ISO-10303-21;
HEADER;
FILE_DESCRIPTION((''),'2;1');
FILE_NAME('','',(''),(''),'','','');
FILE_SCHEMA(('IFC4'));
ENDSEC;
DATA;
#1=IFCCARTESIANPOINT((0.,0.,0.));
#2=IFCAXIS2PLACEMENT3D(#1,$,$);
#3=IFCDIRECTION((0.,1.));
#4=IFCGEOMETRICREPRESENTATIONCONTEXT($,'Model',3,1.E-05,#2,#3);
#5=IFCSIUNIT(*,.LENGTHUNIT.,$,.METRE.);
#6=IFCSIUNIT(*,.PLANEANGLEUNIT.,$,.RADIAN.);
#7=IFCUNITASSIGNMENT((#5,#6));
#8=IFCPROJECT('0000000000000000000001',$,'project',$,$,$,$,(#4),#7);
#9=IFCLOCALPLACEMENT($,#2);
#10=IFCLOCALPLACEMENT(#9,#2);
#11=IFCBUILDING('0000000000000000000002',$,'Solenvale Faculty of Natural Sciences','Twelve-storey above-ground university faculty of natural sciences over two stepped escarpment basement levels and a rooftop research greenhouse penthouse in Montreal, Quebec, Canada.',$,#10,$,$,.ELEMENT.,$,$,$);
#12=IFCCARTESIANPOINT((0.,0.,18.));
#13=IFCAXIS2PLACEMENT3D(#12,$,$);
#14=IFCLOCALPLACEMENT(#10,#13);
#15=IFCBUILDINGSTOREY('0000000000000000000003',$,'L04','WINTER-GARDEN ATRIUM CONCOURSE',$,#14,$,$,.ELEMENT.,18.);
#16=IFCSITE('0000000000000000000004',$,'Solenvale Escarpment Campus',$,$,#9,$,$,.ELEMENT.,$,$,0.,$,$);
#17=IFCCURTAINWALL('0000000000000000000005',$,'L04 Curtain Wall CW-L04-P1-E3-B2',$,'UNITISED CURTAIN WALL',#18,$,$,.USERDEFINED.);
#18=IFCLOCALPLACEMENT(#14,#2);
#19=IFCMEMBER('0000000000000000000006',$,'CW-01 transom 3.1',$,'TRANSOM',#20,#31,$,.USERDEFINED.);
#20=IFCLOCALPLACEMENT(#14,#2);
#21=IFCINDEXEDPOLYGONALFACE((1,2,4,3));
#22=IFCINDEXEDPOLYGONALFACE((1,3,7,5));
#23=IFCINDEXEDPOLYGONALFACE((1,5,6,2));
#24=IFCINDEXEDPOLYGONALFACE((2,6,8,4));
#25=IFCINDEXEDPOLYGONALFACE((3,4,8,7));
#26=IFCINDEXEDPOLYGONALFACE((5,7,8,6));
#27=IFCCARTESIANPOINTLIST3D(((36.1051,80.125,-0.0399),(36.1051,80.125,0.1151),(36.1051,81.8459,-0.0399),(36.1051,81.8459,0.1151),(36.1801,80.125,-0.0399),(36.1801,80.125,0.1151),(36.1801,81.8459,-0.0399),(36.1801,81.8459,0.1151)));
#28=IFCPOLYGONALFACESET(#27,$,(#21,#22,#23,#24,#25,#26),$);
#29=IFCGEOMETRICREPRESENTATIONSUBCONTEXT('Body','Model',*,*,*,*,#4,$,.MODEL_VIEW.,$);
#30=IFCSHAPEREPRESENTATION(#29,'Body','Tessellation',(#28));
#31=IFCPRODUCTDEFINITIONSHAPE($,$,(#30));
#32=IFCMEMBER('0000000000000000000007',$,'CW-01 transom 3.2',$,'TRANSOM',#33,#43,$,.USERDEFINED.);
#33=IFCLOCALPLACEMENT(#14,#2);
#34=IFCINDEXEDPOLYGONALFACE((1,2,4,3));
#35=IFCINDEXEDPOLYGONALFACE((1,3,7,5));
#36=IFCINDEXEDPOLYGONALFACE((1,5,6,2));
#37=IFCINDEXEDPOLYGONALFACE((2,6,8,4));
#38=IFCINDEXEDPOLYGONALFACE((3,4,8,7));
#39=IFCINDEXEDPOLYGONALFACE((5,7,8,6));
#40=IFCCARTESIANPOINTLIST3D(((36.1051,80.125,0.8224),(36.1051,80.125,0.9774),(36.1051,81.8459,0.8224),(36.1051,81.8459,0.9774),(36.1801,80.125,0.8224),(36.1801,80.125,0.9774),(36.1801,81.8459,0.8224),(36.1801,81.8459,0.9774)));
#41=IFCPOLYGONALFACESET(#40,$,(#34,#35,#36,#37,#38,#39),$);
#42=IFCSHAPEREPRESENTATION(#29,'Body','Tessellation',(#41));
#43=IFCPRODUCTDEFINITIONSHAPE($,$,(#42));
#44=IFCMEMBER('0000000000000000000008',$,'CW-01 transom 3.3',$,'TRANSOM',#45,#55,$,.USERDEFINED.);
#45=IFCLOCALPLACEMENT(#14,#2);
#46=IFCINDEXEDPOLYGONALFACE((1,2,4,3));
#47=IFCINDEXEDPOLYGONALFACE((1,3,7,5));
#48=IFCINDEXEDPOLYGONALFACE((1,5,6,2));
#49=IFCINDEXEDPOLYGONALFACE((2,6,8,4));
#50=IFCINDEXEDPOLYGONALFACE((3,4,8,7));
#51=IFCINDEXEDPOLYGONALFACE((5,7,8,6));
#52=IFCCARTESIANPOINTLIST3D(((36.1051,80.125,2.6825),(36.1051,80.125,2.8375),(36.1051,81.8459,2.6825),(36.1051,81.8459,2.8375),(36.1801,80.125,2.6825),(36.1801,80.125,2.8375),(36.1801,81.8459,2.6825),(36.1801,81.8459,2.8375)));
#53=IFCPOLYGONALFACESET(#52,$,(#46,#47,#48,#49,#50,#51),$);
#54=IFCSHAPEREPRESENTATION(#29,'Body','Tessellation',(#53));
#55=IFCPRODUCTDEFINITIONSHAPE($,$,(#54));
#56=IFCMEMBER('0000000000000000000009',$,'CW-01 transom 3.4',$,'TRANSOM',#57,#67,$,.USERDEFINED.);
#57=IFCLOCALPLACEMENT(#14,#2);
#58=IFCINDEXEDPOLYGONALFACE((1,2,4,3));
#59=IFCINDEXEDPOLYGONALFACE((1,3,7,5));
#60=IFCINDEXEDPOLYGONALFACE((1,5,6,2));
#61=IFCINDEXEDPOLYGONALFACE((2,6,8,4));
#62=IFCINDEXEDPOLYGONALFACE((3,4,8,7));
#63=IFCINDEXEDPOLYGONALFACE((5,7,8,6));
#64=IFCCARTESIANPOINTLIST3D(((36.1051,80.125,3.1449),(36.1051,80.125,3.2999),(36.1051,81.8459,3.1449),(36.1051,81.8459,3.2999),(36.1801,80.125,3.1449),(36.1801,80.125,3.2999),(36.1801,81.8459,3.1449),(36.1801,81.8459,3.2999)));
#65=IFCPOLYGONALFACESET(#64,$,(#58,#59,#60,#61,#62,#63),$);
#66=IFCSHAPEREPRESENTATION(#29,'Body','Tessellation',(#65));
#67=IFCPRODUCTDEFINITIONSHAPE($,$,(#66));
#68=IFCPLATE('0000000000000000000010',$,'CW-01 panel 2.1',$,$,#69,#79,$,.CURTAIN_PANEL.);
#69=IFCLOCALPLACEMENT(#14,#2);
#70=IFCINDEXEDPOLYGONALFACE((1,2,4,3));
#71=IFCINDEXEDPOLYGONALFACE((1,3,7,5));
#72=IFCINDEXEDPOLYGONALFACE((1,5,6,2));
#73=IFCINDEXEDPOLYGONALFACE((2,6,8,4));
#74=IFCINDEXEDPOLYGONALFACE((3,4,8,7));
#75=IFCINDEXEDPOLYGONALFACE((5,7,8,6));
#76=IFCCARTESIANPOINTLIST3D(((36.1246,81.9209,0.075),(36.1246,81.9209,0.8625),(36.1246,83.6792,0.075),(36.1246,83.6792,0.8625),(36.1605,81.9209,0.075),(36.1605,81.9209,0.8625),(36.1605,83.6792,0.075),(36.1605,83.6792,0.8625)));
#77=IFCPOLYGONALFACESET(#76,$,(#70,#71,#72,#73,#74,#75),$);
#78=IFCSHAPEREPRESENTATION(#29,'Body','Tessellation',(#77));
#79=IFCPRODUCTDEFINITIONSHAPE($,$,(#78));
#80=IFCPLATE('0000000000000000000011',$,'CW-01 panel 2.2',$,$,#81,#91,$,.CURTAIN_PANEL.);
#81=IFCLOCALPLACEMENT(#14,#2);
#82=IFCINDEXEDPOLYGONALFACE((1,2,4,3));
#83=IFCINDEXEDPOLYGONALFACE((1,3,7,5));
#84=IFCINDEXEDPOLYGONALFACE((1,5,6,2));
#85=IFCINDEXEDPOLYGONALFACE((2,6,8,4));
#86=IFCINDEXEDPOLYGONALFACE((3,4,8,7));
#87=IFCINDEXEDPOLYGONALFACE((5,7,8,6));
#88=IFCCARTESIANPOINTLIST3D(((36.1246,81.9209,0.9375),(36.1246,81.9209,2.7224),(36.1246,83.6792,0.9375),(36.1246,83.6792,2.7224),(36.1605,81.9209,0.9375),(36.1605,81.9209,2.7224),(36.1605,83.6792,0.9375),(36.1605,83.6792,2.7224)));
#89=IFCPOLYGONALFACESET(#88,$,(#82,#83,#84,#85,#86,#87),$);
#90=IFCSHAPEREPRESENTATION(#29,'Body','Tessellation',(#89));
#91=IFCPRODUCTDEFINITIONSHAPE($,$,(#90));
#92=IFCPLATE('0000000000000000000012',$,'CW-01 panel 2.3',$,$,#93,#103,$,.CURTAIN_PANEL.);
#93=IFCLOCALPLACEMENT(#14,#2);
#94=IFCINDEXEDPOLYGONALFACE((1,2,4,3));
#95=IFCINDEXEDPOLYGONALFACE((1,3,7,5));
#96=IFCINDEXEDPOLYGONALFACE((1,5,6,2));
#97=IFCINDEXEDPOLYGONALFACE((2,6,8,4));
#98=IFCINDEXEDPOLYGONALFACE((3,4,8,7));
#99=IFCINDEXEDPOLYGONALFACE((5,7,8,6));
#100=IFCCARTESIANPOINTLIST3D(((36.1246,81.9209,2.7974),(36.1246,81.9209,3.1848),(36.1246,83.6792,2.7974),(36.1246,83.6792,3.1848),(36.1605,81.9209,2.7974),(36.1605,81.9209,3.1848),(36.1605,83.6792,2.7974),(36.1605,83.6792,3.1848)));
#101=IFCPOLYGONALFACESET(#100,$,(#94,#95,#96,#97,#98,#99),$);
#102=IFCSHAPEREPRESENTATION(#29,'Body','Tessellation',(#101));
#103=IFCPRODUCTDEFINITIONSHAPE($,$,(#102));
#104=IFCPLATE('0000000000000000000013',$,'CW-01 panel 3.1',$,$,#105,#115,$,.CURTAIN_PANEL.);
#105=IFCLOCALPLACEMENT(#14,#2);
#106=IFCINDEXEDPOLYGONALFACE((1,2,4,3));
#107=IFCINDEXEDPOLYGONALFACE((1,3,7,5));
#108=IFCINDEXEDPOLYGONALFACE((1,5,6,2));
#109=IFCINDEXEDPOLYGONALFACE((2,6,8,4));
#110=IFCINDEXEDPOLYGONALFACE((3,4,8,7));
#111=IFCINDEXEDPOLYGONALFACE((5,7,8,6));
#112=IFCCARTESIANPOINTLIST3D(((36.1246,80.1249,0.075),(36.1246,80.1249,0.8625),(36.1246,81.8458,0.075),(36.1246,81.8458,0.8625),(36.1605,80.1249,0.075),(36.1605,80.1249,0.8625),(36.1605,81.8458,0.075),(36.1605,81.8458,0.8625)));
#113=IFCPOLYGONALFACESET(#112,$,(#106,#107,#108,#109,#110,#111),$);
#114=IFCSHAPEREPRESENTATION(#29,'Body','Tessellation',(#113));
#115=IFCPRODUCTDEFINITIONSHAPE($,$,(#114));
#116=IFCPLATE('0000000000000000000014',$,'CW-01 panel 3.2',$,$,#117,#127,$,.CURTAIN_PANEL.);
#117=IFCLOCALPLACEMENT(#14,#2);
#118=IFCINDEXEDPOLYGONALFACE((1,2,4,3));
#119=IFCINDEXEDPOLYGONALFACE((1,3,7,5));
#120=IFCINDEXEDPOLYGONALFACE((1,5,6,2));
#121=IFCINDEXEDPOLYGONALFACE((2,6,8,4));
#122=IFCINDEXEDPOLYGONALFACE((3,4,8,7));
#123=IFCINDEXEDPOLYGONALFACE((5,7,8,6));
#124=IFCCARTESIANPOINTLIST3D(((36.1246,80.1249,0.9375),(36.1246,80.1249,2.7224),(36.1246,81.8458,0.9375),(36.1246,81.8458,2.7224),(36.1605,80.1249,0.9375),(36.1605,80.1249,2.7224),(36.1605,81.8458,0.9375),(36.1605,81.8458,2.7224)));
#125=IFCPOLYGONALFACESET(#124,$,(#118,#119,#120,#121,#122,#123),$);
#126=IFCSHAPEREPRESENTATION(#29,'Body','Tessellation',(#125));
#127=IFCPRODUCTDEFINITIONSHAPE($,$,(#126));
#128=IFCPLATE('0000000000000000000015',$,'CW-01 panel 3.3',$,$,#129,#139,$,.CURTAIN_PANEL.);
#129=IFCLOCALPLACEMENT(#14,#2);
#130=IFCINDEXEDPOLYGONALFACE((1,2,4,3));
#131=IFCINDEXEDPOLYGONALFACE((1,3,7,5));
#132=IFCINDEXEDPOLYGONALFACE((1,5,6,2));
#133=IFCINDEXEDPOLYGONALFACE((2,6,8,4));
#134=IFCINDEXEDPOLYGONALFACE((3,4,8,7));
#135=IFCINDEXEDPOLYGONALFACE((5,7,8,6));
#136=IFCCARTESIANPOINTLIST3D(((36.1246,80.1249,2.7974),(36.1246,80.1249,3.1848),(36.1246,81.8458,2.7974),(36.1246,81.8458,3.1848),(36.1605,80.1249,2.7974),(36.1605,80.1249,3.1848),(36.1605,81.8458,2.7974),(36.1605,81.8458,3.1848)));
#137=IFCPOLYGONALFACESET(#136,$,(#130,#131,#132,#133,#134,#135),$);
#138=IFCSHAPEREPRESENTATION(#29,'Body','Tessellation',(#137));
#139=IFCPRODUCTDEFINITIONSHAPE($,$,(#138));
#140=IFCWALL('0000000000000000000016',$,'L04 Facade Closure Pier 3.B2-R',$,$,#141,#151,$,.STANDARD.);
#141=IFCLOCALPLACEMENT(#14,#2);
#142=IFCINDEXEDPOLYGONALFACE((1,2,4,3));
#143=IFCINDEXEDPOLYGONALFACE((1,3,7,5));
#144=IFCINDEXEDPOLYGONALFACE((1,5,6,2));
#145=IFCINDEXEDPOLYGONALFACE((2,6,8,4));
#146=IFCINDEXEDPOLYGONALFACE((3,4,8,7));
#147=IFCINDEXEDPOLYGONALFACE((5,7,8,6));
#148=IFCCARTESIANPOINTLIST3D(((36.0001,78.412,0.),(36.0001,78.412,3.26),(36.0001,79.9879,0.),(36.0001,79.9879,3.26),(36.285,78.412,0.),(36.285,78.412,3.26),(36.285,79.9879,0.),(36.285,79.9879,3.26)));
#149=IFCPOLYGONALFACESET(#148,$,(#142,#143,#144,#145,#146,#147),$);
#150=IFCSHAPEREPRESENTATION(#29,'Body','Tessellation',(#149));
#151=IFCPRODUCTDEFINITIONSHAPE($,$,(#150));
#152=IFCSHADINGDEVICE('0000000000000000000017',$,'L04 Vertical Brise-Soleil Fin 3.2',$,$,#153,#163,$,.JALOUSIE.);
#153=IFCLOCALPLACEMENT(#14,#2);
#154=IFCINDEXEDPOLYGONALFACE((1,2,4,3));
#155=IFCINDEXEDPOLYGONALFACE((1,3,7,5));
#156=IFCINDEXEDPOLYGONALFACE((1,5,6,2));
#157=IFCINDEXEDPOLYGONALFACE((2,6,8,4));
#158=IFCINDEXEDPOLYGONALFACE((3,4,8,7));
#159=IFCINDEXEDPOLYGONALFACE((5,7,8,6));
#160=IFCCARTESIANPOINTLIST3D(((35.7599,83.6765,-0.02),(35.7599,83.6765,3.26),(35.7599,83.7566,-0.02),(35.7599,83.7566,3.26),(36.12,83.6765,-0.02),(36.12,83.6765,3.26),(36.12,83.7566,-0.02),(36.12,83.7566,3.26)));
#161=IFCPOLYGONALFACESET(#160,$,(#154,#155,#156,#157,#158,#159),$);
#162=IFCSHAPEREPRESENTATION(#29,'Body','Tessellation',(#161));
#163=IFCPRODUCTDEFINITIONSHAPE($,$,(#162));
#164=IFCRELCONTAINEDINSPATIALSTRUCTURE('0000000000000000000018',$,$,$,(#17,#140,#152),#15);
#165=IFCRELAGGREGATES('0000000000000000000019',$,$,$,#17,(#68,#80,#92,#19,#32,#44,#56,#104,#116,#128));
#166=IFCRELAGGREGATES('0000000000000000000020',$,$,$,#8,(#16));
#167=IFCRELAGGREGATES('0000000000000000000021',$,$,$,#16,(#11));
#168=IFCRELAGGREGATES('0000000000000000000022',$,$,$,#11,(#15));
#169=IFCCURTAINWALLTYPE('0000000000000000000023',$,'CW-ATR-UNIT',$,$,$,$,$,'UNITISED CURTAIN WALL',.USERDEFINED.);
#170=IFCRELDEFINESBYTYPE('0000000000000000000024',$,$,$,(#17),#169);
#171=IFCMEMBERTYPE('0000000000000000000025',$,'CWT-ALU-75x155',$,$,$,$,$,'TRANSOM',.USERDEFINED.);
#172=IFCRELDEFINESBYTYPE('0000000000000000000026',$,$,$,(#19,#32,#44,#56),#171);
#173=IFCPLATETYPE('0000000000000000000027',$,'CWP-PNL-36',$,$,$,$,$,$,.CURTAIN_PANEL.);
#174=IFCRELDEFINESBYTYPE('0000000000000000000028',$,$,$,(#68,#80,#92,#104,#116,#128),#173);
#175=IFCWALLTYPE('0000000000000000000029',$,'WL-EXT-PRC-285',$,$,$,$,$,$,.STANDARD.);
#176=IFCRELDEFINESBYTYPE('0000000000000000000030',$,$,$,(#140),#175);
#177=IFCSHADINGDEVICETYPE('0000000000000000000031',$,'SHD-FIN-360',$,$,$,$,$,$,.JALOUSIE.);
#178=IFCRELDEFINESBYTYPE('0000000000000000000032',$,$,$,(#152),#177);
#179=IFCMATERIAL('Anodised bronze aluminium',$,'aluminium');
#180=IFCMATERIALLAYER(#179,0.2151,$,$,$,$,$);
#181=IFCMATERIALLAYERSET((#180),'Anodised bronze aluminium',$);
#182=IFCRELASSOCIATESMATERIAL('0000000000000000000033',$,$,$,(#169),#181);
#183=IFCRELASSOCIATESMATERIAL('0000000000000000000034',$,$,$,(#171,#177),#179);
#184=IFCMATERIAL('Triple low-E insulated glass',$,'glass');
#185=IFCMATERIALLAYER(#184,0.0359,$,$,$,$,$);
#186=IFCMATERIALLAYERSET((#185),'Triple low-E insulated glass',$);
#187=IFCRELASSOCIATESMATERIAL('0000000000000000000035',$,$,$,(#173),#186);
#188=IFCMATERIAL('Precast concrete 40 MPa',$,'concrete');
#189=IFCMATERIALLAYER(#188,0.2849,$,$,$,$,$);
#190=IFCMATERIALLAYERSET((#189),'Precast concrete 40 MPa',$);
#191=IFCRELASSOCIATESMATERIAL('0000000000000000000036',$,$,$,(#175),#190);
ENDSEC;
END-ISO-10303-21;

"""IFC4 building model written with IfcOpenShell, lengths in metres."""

from ifc_helpers import new_model, si_unit, direction, frame, frame_2d, origin, origin_2d, place, context, subcontext, project, spatial, rectangle, extrude, material, layer, layer_set, material_profile, profile_set, type_object, element, aggregate, save


model = new_model("IFC4")

# Units and contexts
model_context = context("Model", 3, precision=1e-05, world=origin(), true_north=direction((0.0, 1.0)))
body_context = subcontext(model_context, "Body", "Model", "MODEL_VIEW")
ifc_project = project(units=[si_unit("LENGTHUNIT", "METRE"), si_unit("PLANEANGLEUNIT", "RADIAN")], contexts=[model_context])

# Site, building, storey
site_placement = place(None, origin())
site = spatial("IfcSite", under=ifc_project, at=site_placement, Name="Solenvale Escarpment Campus", CompositionType="ELEMENT", RefElevation=0.0)
building_placement = place(site_placement, origin())
building = spatial("IfcBuilding", under=site, at=building_placement, Name="Solenvale Faculty of Natural Sciences", Description="Twelve-storey above-ground university faculty of natural sciences over two stepped escarpment basement levels and a rooftop research greenhouse penthouse in Montreal, Quebec, Canada.", CompositionType="ELEMENT")
storey_placement = place(building_placement, frame((0.0, 0.0, 18.0)))
storey = spatial("IfcBuildingStorey", under=building, at=storey_placement, Name="L04", Description="WINTER-GARDEN ATRIUM CONCOURSE", CompositionType="ELEMENT", Elevation=18.0)

# Curtain wall, members, plates
ifc_material_1 = material(Name="Anodised bronze aluminium", Category="aluminium")
ifc_layer_1 = layer(ifc_material_1, 0.2151)
ifc_layer_set_1 = layer_set([ifc_layer_1], Name="Anodised bronze aluminium")
curtain_wall_type = type_object("IfcCurtainWallType", Name="CW-ATR-UNIT", ElementType="UNITISED CURTAIN WALL", PredefinedType="USERDEFINED", material=ifc_layer_set_1)
curtain_wall_placement = place(storey_placement, origin())
curtain_wall = element("IfcCurtainWall", 1, at=curtain_wall_placement, inside=storey, type_object=curtain_wall_type, Name="L04 Curtain Wall CW-L04-P1-E3-B2", ObjectType="UNITISED CURTAIN WALL", PredefinedType="USERDEFINED")
ifc_material_profile_1 = material_profile(ifc_material_1, rectangle(XDim=0.075, YDim=0.155, at=origin_2d()), Name="ALU-TRN-75x155")
ifc_profile_set_1 = profile_set([ifc_material_profile_1], Name="Anodised bronze aluminium")
member_type_1 = type_object("IfcMemberType", Name="CWT-ALU-75x155", ElementType="TRANSOM", PredefinedType="USERDEFINED", material=ifc_profile_set_1)
member_1_placement = place(storey_placement, frame((36.1426, 81.8459, 0.0376), z_axis=(0.0, -1.0, 0.0), x_axis=(1.0, 0.0, 0.0)))
member_1 = element("IfcMember", 2, at=member_1_placement, type_object=member_type_1, Name="CW-01 transom 3.1", ObjectType="TRANSOM", PredefinedType="USERDEFINED", context=body_context, shape_type="SweptSolid", body=[
    extrude(rectangle(XDim=0.075, YDim=0.155, at=origin_2d()), origin(), (0.0, 0.0, 1.0), 1.7209),
])
member_2_placement = place(storey_placement, frame((36.1426, 81.8459, 0.8999), z_axis=(0.0, -1.0, 0.0), x_axis=(1.0, 0.0, 0.0)))
member_2 = element("IfcMember", 3, at=member_2_placement, type_object=member_type_1, Name="CW-01 transom 3.2", ObjectType="TRANSOM", PredefinedType="USERDEFINED", context=body_context, shape_type="SweptSolid", body=[
    extrude(rectangle(XDim=0.075, YDim=0.155, at=origin_2d()), origin(), (0.0, 0.0, 1.0), 1.7209),
])
member_3_placement = place(storey_placement, frame((36.1426, 81.8459, 2.76), z_axis=(0.0, -1.0, 0.0), x_axis=(1.0, 0.0, 0.0)))
member_3 = element("IfcMember", 4, at=member_3_placement, type_object=member_type_1, Name="CW-01 transom 3.3", ObjectType="TRANSOM", PredefinedType="USERDEFINED", context=body_context, shape_type="SweptSolid", body=[
    extrude(rectangle(XDim=0.075, YDim=0.155, at=origin_2d()), origin(), (0.0, 0.0, 1.0), 1.7209),
])
member_4_placement = place(storey_placement, frame((36.1426, 81.8459, 3.2224), z_axis=(0.0, -1.0, 0.0), x_axis=(1.0, 0.0, 0.0)))
member_4 = element("IfcMember", 5, at=member_4_placement, type_object=member_type_1, Name="CW-01 transom 3.4", ObjectType="TRANSOM", PredefinedType="USERDEFINED", context=body_context, shape_type="SweptSolid", body=[
    extrude(rectangle(XDim=0.075, YDim=0.155, at=origin_2d()), origin(), (0.0, 0.0, 1.0), 1.7209),
])
ifc_material_2 = material(Name="Triple low-E insulated glass", Category="glass")
ifc_layer_2 = layer(ifc_material_2, 0.0359)
ifc_layer_set_2 = layer_set([ifc_layer_2], Name="Triple low-E insulated glass")
plate_type = type_object("IfcPlateType", Name="CWP-PNL-36", PredefinedType="CURTAIN_PANEL", material=ifc_layer_set_2)
plate_1_placement = place(storey_placement, frame((36.1426, 82.8, 0.075), z_axis=(0.0, 0.0, 1.0), x_axis=(0.0, -1.0, 0.0)))
plate_1 = element("IfcPlate", 6, at=plate_1_placement, type_object=plate_type, Name="CW-01 panel 2.1", PredefinedType="CURTAIN_PANEL", context=body_context, shape_type="SweptSolid", body=[
    extrude(rectangle(XDim=1.7583, YDim=0.0359, at=origin_2d()), origin(), (0.0, 0.0, 1.0), 0.7876),
])
plate_2_placement = place(storey_placement, frame((36.1426, 82.8, 0.9375), z_axis=(0.0, 0.0, 1.0), x_axis=(0.0, -1.0, 0.0)))
plate_2 = element("IfcPlate", 7, at=plate_2_placement, type_object=plate_type, Name="CW-01 panel 2.2", PredefinedType="CURTAIN_PANEL", context=body_context, shape_type="SweptSolid", body=[
    extrude(rectangle(XDim=1.7583, YDim=0.0359, at=origin_2d()), origin(), (0.0, 0.0, 1.0), 1.7849),
])
plate_3_placement = place(storey_placement, frame((36.1426, 82.8, 2.7974), z_axis=(0.0, 0.0, 1.0), x_axis=(0.0, -1.0, 0.0)))
plate_3 = element("IfcPlate", 8, at=plate_3_placement, type_object=plate_type, Name="CW-01 panel 2.3", PredefinedType="CURTAIN_PANEL", context=body_context, shape_type="SweptSolid", body=[
    extrude(rectangle(XDim=1.7583, YDim=0.0359, at=origin_2d()), origin(), (0.0, 0.0, 1.0), 0.3875),
])
plate_4_placement = place(storey_placement, frame((36.1426, 80.9854, 0.075), z_axis=(0.0, 0.0, 1.0), x_axis=(0.0, -1.0, 0.0)))
plate_4 = element("IfcPlate", 9, at=plate_4_placement, type_object=plate_type, Name="CW-01 panel 3.1", PredefinedType="CURTAIN_PANEL", context=body_context, shape_type="SweptSolid", body=[
    extrude(rectangle(XDim=1.7209, YDim=0.0359, at=origin_2d()), origin(), (0.0, 0.0, 1.0), 0.7876),
])
plate_5_placement = place(storey_placement, frame((36.1426, 80.9854, 0.9375), z_axis=(0.0, 0.0, 1.0), x_axis=(0.0, -1.0, 0.0)))
plate_5 = element("IfcPlate", 10, at=plate_5_placement, type_object=plate_type, Name="CW-01 panel 3.2", PredefinedType="CURTAIN_PANEL", context=body_context, shape_type="SweptSolid", body=[
    extrude(rectangle(XDim=1.7209, YDim=0.0359, at=origin_2d()), origin(), (0.0, 0.0, 1.0), 1.7849),
])
plate_6_placement = place(storey_placement, frame((36.1426, 80.9854, 2.7974), z_axis=(0.0, 0.0, 1.0), x_axis=(0.0, -1.0, 0.0)))
plate_6 = element("IfcPlate", 11, at=plate_6_placement, type_object=plate_type, Name="CW-01 panel 3.3", PredefinedType="CURTAIN_PANEL", context=body_context, shape_type="SweptSolid", body=[
    extrude(rectangle(XDim=1.7209, YDim=0.0359, at=origin_2d()), origin(), (0.0, 0.0, 1.0), 0.3875),
])
aggregate(curtain_wall, [plate_1, plate_2, plate_3, member_1, member_2, member_3, member_4, plate_4, plate_5, plate_6])

# Wall
ifc_material_3 = material(Name="Precast concrete 40 MPa", Category="concrete")
ifc_layer_3 = layer(ifc_material_3, 0.2849)
ifc_layer_set_3 = layer_set([ifc_layer_3], Name="Precast concrete 40 MPa")
wall_type = type_object("IfcWallType", Name="WL-EXT-PRC-285", PredefinedType="STANDARD", material=ifc_layer_set_3)
wall_placement = place(storey_placement, frame((36.1426, 79.988, 0.0), z_axis=(0.0, 0.0, 1.0), x_axis=(0.0, -1.0, 0.0)))
element("IfcWall", 12, at=wall_placement, inside=storey, type_object=wall_type, Name="L04 Facade Closure Pier 3.B2-R", PredefinedType="STANDARD", context=body_context, shape_type="SweptSolid", body=[
    extrude(rectangle(XDim=1.5759, YDim=0.2849, at=frame_2d((0.7881, 0.0))), origin(), (0.0, 0.0, 1.0), 3.26),
])

# Shading device
ifc_material_profile_2 = material_profile(ifc_material_1, rectangle(XDim=0.0801, YDim=0.3601, at=origin_2d()), Name="ALU-FIN-80x360")
ifc_profile_set_2 = profile_set([ifc_material_profile_2], Name="Anodised bronze aluminium")
shading_device_type = type_object("IfcShadingDeviceType", Name="SHD-FIN-360", PredefinedType="JALOUSIE", material=ifc_profile_set_2)
shading_device_placement = place(storey_placement, frame((35.9399, 83.7166, -0.02), z_axis=(0.0, 0.0, 1.0), x_axis=(0.0, 1.0, 0.0)))
element("IfcShadingDevice", 13, at=shading_device_placement, inside=storey, type_object=shading_device_type, Name="L04 Vertical Brise-Soleil Fin 3.2", PredefinedType="JALOUSIE", context=body_context, shape_type="SweptSolid", body=[
    extrude(rectangle(XDim=0.0801, YDim=0.3601, at=origin_2d()), origin(), (0.0, 0.0, 1.0), 3.28),
])

save(model, "model.ifc")
